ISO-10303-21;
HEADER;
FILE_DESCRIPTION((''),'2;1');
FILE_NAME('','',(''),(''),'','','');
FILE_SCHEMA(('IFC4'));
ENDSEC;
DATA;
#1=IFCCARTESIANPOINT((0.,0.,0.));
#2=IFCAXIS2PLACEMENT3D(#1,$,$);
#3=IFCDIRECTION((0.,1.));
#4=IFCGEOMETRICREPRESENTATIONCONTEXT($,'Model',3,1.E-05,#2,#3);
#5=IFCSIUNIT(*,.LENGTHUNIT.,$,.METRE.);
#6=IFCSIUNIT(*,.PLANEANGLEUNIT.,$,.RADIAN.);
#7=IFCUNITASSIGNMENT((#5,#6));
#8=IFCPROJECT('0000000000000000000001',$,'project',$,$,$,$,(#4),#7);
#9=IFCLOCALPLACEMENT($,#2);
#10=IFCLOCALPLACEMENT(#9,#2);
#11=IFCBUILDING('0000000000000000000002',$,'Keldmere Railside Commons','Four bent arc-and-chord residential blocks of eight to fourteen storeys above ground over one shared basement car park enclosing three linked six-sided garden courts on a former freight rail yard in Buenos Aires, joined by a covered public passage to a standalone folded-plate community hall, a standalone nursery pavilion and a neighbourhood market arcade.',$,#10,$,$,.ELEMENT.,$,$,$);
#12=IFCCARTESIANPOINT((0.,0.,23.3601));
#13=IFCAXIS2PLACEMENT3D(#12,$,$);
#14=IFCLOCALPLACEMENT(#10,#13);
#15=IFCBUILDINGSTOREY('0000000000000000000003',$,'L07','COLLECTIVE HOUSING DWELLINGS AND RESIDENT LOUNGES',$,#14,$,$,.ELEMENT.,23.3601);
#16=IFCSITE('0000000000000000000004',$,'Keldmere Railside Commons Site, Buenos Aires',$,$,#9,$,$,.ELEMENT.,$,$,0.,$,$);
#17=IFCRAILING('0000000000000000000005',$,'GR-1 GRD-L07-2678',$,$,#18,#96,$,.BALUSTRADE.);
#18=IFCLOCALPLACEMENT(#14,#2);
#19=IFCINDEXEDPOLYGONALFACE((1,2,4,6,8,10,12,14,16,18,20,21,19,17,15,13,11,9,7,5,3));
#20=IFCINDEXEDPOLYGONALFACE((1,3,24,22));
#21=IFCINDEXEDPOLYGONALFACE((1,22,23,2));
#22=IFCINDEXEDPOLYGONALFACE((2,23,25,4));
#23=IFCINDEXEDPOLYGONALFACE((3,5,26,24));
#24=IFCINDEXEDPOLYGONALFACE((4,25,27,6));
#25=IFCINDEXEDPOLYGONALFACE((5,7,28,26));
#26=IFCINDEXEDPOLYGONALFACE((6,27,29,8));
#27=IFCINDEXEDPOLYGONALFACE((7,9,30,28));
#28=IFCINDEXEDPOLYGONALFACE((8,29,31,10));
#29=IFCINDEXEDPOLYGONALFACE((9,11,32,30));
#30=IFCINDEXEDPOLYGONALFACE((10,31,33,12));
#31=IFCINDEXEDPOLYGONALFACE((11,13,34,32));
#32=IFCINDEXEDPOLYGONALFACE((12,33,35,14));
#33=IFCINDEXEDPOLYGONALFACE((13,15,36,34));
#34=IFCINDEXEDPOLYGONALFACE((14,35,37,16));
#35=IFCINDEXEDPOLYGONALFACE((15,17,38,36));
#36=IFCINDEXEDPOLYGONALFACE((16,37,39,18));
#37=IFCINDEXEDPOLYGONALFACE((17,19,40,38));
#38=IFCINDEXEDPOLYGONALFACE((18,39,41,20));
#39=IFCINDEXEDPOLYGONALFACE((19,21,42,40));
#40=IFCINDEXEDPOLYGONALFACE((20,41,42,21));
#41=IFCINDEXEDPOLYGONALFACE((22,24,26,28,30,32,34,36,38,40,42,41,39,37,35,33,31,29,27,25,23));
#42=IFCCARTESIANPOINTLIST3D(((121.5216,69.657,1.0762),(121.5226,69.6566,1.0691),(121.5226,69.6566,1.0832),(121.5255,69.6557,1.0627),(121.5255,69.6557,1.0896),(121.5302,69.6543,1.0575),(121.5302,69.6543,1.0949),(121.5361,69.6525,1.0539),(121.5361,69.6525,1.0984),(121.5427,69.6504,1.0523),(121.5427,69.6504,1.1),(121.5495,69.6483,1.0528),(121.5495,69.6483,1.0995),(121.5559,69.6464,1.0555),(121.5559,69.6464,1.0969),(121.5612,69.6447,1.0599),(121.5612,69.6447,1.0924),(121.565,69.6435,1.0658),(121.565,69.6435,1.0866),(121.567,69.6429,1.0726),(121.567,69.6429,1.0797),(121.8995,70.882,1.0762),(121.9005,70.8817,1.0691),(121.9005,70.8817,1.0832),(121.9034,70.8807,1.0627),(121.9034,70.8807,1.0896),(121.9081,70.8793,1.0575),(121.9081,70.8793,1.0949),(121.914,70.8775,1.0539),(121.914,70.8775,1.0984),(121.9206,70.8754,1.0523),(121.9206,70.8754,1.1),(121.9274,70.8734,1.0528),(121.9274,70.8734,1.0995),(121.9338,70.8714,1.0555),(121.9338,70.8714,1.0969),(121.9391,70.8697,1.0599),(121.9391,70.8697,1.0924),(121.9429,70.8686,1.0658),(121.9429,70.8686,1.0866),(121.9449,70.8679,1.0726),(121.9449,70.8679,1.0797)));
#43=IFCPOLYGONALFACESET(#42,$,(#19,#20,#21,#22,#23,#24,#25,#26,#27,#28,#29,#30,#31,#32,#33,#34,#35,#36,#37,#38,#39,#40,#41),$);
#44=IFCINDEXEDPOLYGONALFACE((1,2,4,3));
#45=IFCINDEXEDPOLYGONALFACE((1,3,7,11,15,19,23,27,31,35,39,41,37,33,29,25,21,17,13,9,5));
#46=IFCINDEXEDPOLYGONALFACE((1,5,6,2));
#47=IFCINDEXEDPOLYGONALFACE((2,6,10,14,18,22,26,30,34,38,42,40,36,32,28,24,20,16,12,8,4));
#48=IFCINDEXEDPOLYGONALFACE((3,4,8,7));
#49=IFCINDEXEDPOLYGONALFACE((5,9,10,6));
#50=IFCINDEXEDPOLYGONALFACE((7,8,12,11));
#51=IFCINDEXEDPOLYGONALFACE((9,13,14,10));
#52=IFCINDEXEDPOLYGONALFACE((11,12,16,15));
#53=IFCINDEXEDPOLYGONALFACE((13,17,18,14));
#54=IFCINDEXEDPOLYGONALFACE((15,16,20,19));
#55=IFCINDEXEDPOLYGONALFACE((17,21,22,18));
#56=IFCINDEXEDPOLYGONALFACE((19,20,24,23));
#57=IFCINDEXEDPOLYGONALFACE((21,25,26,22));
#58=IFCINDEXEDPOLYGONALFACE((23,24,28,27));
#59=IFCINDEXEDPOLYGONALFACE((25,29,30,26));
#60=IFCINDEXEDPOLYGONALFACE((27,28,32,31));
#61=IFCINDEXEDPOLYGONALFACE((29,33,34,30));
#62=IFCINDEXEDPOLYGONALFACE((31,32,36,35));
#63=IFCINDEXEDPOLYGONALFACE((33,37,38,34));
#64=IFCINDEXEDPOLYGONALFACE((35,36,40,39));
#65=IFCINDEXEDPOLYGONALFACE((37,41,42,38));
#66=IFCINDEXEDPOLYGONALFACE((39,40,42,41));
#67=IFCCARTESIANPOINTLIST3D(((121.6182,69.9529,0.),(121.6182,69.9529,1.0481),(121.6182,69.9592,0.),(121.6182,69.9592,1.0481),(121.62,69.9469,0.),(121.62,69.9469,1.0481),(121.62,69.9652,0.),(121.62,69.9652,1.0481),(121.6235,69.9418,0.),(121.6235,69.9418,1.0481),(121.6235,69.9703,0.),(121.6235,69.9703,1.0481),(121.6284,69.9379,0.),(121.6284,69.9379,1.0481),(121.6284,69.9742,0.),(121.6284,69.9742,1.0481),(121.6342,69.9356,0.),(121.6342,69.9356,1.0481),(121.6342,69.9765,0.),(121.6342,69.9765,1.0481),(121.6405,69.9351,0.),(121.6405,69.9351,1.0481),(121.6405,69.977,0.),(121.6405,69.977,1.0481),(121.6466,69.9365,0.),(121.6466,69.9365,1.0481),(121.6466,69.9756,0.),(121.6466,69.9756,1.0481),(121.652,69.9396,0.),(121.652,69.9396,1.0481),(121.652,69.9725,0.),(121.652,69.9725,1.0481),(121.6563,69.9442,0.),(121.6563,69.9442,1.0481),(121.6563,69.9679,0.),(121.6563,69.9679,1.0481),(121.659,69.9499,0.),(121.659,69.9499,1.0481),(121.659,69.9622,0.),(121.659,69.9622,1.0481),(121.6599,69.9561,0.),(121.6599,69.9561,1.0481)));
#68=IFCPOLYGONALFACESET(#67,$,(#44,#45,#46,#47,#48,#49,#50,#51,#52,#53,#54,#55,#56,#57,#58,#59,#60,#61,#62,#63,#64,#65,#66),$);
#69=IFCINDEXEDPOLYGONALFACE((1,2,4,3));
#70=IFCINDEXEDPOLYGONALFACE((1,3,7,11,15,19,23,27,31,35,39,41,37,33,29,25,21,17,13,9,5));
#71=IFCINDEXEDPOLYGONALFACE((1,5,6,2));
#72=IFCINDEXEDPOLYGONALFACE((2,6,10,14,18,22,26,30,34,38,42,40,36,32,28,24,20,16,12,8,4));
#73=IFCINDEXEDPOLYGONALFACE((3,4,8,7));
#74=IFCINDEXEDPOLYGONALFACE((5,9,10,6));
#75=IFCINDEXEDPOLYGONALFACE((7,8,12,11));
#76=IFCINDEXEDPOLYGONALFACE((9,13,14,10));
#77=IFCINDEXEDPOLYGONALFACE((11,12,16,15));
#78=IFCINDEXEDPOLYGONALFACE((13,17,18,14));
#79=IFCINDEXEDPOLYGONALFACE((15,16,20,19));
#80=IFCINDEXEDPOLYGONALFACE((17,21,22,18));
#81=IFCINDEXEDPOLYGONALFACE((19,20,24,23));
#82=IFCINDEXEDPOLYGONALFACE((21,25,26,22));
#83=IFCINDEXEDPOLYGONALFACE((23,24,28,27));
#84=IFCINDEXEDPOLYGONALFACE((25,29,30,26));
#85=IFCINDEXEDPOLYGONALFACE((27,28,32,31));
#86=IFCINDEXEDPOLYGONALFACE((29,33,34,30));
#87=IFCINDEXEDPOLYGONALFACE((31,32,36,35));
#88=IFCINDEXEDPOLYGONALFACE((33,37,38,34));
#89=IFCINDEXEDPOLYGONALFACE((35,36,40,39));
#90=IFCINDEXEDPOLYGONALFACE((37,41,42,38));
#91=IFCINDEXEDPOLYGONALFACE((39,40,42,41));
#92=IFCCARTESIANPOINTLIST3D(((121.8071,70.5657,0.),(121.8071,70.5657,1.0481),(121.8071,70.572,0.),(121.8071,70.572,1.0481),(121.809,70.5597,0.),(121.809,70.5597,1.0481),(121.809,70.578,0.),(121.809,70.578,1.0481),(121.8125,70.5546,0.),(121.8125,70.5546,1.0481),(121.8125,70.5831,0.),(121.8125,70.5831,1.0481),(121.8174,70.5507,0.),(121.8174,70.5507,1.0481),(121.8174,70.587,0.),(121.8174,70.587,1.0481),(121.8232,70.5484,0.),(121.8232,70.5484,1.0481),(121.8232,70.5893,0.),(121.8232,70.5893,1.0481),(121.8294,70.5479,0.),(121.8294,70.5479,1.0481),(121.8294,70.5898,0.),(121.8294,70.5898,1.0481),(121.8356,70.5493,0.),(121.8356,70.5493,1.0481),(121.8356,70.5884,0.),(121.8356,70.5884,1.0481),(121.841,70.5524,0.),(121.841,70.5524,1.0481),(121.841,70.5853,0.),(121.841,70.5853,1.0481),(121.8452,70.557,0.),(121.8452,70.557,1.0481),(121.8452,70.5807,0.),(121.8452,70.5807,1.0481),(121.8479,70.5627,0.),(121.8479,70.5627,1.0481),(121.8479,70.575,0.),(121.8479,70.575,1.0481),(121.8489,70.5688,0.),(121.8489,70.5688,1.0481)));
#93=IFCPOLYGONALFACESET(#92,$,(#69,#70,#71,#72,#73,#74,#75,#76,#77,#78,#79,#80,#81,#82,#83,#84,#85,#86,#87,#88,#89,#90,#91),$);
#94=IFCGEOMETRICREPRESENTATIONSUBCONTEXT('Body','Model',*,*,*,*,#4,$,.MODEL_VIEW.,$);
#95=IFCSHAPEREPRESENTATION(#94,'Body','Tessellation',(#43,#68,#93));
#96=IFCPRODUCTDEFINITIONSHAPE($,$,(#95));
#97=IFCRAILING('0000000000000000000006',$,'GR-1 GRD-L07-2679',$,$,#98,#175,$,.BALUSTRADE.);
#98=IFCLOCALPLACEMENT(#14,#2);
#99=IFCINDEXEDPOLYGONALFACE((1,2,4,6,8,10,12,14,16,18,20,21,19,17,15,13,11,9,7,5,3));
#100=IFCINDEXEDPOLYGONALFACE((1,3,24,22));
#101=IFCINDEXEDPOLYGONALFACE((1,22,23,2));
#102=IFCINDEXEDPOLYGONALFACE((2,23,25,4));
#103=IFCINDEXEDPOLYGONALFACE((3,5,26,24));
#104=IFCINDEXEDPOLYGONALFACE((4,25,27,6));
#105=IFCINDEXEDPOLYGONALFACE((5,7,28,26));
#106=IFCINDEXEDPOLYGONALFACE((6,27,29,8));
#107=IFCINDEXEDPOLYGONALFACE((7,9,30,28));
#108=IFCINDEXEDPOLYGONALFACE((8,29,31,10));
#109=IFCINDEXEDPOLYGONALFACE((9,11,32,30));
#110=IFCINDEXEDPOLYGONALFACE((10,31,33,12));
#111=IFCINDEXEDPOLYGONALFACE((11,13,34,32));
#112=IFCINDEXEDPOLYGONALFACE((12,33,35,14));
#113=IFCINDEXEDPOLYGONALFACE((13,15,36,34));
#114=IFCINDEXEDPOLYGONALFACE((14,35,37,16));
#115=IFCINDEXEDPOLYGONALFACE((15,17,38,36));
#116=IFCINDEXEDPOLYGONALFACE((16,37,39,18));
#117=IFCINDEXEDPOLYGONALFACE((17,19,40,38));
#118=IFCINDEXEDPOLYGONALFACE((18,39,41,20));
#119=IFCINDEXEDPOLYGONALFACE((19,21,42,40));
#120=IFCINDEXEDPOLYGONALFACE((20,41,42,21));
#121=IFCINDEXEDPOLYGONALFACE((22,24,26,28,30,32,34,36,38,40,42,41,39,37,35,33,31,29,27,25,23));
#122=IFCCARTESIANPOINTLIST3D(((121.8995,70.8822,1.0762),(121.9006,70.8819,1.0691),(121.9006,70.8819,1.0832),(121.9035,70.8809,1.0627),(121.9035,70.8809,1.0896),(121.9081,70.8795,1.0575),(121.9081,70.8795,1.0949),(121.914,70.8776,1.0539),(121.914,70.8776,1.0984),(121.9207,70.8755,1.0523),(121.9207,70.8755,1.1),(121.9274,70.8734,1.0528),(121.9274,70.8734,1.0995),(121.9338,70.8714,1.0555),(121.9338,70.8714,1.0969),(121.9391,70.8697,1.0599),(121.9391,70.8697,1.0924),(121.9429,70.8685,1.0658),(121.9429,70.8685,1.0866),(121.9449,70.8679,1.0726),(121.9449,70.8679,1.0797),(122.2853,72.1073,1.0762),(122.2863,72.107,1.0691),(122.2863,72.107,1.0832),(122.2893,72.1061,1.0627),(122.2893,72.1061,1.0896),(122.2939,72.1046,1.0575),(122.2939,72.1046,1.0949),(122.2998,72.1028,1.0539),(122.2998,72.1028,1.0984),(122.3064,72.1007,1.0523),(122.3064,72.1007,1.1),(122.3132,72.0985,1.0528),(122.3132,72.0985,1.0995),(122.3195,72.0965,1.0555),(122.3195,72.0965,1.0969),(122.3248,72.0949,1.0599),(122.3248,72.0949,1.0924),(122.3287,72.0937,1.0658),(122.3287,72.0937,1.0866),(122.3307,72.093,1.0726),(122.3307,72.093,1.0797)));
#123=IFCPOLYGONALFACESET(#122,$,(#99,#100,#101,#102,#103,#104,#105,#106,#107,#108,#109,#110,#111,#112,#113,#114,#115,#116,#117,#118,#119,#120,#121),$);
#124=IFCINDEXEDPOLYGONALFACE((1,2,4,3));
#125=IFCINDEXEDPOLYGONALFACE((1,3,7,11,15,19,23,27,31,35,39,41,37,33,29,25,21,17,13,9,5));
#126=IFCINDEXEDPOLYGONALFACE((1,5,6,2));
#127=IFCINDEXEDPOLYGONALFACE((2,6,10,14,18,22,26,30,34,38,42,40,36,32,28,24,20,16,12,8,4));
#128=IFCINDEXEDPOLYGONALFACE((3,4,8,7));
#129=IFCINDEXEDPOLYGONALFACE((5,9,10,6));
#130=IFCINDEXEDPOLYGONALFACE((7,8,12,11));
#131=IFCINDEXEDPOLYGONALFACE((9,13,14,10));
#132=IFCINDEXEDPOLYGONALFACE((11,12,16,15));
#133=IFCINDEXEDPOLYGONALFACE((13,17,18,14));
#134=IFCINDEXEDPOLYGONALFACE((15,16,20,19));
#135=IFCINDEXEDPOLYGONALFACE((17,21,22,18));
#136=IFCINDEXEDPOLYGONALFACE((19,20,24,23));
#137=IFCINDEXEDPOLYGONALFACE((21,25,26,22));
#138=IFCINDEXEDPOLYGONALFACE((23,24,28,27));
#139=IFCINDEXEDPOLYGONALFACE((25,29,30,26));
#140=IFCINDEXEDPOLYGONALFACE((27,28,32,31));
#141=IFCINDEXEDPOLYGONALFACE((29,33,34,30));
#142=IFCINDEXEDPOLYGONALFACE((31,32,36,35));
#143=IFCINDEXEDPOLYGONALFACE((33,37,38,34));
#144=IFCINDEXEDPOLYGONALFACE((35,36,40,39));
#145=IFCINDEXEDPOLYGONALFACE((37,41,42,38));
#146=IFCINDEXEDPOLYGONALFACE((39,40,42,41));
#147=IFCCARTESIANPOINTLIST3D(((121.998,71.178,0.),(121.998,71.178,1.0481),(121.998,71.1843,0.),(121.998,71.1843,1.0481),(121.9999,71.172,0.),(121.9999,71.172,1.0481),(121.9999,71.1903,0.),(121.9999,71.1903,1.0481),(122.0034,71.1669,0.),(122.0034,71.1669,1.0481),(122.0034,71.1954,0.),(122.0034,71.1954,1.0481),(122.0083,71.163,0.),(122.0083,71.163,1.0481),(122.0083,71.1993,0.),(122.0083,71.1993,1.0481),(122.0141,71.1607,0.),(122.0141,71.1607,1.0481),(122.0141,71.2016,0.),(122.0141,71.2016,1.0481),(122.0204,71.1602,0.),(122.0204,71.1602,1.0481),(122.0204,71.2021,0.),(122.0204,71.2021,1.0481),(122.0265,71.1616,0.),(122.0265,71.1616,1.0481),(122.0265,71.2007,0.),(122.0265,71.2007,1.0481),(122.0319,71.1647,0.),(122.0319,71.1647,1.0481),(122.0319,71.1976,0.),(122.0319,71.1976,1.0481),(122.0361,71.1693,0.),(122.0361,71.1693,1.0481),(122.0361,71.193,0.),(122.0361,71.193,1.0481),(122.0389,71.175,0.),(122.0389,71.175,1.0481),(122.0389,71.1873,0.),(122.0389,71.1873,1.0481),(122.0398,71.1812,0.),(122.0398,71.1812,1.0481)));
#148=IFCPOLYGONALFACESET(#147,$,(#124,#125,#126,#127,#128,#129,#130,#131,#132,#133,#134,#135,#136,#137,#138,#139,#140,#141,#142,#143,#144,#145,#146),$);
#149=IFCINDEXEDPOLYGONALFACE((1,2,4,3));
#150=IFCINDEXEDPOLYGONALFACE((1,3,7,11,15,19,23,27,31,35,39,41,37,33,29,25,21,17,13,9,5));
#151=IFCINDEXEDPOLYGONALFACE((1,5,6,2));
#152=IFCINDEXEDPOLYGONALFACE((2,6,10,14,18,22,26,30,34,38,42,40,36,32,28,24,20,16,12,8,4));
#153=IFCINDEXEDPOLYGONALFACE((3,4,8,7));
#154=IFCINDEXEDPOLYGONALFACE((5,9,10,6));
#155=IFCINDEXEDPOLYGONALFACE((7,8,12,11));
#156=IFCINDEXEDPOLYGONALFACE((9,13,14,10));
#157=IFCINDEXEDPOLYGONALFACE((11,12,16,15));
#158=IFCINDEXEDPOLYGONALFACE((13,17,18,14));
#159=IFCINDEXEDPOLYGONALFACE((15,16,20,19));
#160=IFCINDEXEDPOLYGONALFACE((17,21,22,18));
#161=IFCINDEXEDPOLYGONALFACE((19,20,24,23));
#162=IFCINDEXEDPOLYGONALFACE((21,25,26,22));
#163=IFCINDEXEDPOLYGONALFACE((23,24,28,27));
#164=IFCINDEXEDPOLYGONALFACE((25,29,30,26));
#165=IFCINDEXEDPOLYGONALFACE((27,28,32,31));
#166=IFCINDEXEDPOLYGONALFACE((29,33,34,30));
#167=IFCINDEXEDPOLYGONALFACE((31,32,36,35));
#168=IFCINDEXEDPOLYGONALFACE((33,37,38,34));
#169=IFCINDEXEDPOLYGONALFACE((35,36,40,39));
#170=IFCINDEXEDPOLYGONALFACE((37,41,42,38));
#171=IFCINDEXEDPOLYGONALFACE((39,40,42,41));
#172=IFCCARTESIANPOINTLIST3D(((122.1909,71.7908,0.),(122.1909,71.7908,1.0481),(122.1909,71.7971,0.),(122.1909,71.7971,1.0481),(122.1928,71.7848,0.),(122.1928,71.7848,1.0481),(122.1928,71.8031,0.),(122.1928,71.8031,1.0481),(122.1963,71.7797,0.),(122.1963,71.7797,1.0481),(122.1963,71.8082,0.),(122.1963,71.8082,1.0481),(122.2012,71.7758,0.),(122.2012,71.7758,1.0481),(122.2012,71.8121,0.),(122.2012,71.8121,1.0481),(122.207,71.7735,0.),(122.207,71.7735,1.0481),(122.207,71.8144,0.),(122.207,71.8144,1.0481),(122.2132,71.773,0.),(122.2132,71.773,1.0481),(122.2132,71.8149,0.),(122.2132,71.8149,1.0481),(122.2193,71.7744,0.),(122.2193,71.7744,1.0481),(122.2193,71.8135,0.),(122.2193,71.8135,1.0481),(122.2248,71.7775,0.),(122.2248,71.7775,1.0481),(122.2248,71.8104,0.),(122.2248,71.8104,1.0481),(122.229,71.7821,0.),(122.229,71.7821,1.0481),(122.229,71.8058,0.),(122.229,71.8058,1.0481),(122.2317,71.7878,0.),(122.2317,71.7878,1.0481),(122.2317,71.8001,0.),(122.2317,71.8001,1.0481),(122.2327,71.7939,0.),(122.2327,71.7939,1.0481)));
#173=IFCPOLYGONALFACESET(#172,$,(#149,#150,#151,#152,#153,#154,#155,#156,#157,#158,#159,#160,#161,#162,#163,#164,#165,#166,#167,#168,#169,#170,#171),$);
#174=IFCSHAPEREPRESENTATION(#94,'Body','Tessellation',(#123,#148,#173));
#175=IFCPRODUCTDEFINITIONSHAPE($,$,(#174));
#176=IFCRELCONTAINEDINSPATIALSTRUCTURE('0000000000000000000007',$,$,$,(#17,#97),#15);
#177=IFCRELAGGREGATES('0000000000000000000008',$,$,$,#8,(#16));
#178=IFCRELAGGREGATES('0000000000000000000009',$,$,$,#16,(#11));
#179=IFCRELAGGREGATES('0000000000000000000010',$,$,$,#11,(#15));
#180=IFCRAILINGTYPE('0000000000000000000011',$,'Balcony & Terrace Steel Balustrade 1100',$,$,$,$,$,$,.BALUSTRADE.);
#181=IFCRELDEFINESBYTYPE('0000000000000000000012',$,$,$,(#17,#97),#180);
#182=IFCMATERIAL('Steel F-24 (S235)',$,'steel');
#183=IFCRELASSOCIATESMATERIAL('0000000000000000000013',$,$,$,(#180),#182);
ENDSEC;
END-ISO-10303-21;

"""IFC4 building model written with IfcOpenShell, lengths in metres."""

from ifc_helpers import new_model, si_unit, direction, frame, origin, origin_2d, place, context, subcontext, project, spatial, circle, extrude, material, type_object, element, save


model = new_model("IFC4")

# Units and contexts
model_context = context("Model", 3, precision=1e-05, world=origin(), true_north=direction((0.0, 1.0)))
body_context = subcontext(model_context, "Body", "Model", "MODEL_VIEW")
ifc_project = project(units=[si_unit("LENGTHUNIT", "METRE"), si_unit("PLANEANGLEUNIT", "RADIAN")], contexts=[model_context])

# Site, building, storey
site_placement = place(None, origin())
site = spatial("IfcSite", under=ifc_project, at=site_placement, Name="Keldmere Railside Commons Site, Buenos Aires", CompositionType="ELEMENT", RefElevation=0.0)
building_placement = place(site_placement, origin())
building = spatial("IfcBuilding", under=site, at=building_placement, Name="Keldmere Railside Commons", Description="Four bent arc-and-chord residential blocks of eight to fourteen storeys above ground over one shared basement car park enclosing three linked six-sided garden courts on a former freight rail yard in Buenos Aires, joined by a covered public passage to a standalone folded-plate community hall, a standalone nursery pavilion and a neighbourhood market arcade.", CompositionType="ELEMENT")
storey_placement = place(building_placement, frame((0.0, 0.0, 23.3601)))
storey = spatial("IfcBuildingStorey", under=building, at=storey_placement, Name="L07", Description="COLLECTIVE HOUSING DWELLINGS AND RESIDENT LOUNGES", CompositionType="ELEMENT", Elevation=23.3601)

# Railings
ifc_material_1 = material(Name="Steel F-24 (S235)", Category="steel")
railing_type_1 = type_object("IfcRailingType", Name="Balcony & Terrace Steel Balustrade 1100", PredefinedType="BALUSTRADE", material=ifc_material_1)
railing_1_placement = place(storey_placement, frame((121.5444, 69.6499, 0.0)))
element("IfcRailing", 1, at=railing_1_placement, inside=storey, type_object=railing_type_1, Name="GR-1 GRD-L07-2678", PredefinedType="BALUSTRADE", context=body_context, shape_type="SweptSolid", body=[
    extrude(circle(Radius=0.0239, at=origin_2d()), frame((0.0, 0.0, 1.0762), z_axis=(0.294782, 0.955565, 0.0), x_axis=(-0.955565, 0.294782, 0.0)), (0.0, 0.0, 1.0), 1.282),
    extrude(circle(Radius=0.021, at=origin_2d()), frame((0.0945, 0.3062, 0.0)), (0.0, 0.0, 1.0), 1.0481),
    extrude(circle(Radius=0.021, at=origin_2d()), frame((0.2834, 0.9189, 0.0)), (0.0, 0.0, 1.0), 1.0481),
])
railing_2_placement = place(storey_placement, frame((121.9224, 70.875, 0.0)))
element("IfcRailing", 2, at=railing_2_placement, inside=storey, type_object=railing_type_1, Name="GR-1 GRD-L07-2679", PredefinedType="BALUSTRADE", context=body_context, shape_type="SweptSolid", body=[
    extrude(circle(Radius=0.0239, at=origin_2d()), frame((0.0, 0.0, 1.0762), z_axis=(0.300331, 0.953835, 0.0), x_axis=(-0.953835, 0.300331, 0.0)), (0.0, 0.0, 1.0), 1.2844),
    extrude(circle(Radius=0.021, at=origin_2d()), frame((0.0964, 0.3062, 0.0)), (0.0, 0.0, 1.0), 1.0481),
    extrude(circle(Radius=0.021, at=origin_2d()), frame((0.2893, 0.9189, 0.0)), (0.0, 0.0, 1.0), 1.0481),
])

save(model, "model.ifc")
